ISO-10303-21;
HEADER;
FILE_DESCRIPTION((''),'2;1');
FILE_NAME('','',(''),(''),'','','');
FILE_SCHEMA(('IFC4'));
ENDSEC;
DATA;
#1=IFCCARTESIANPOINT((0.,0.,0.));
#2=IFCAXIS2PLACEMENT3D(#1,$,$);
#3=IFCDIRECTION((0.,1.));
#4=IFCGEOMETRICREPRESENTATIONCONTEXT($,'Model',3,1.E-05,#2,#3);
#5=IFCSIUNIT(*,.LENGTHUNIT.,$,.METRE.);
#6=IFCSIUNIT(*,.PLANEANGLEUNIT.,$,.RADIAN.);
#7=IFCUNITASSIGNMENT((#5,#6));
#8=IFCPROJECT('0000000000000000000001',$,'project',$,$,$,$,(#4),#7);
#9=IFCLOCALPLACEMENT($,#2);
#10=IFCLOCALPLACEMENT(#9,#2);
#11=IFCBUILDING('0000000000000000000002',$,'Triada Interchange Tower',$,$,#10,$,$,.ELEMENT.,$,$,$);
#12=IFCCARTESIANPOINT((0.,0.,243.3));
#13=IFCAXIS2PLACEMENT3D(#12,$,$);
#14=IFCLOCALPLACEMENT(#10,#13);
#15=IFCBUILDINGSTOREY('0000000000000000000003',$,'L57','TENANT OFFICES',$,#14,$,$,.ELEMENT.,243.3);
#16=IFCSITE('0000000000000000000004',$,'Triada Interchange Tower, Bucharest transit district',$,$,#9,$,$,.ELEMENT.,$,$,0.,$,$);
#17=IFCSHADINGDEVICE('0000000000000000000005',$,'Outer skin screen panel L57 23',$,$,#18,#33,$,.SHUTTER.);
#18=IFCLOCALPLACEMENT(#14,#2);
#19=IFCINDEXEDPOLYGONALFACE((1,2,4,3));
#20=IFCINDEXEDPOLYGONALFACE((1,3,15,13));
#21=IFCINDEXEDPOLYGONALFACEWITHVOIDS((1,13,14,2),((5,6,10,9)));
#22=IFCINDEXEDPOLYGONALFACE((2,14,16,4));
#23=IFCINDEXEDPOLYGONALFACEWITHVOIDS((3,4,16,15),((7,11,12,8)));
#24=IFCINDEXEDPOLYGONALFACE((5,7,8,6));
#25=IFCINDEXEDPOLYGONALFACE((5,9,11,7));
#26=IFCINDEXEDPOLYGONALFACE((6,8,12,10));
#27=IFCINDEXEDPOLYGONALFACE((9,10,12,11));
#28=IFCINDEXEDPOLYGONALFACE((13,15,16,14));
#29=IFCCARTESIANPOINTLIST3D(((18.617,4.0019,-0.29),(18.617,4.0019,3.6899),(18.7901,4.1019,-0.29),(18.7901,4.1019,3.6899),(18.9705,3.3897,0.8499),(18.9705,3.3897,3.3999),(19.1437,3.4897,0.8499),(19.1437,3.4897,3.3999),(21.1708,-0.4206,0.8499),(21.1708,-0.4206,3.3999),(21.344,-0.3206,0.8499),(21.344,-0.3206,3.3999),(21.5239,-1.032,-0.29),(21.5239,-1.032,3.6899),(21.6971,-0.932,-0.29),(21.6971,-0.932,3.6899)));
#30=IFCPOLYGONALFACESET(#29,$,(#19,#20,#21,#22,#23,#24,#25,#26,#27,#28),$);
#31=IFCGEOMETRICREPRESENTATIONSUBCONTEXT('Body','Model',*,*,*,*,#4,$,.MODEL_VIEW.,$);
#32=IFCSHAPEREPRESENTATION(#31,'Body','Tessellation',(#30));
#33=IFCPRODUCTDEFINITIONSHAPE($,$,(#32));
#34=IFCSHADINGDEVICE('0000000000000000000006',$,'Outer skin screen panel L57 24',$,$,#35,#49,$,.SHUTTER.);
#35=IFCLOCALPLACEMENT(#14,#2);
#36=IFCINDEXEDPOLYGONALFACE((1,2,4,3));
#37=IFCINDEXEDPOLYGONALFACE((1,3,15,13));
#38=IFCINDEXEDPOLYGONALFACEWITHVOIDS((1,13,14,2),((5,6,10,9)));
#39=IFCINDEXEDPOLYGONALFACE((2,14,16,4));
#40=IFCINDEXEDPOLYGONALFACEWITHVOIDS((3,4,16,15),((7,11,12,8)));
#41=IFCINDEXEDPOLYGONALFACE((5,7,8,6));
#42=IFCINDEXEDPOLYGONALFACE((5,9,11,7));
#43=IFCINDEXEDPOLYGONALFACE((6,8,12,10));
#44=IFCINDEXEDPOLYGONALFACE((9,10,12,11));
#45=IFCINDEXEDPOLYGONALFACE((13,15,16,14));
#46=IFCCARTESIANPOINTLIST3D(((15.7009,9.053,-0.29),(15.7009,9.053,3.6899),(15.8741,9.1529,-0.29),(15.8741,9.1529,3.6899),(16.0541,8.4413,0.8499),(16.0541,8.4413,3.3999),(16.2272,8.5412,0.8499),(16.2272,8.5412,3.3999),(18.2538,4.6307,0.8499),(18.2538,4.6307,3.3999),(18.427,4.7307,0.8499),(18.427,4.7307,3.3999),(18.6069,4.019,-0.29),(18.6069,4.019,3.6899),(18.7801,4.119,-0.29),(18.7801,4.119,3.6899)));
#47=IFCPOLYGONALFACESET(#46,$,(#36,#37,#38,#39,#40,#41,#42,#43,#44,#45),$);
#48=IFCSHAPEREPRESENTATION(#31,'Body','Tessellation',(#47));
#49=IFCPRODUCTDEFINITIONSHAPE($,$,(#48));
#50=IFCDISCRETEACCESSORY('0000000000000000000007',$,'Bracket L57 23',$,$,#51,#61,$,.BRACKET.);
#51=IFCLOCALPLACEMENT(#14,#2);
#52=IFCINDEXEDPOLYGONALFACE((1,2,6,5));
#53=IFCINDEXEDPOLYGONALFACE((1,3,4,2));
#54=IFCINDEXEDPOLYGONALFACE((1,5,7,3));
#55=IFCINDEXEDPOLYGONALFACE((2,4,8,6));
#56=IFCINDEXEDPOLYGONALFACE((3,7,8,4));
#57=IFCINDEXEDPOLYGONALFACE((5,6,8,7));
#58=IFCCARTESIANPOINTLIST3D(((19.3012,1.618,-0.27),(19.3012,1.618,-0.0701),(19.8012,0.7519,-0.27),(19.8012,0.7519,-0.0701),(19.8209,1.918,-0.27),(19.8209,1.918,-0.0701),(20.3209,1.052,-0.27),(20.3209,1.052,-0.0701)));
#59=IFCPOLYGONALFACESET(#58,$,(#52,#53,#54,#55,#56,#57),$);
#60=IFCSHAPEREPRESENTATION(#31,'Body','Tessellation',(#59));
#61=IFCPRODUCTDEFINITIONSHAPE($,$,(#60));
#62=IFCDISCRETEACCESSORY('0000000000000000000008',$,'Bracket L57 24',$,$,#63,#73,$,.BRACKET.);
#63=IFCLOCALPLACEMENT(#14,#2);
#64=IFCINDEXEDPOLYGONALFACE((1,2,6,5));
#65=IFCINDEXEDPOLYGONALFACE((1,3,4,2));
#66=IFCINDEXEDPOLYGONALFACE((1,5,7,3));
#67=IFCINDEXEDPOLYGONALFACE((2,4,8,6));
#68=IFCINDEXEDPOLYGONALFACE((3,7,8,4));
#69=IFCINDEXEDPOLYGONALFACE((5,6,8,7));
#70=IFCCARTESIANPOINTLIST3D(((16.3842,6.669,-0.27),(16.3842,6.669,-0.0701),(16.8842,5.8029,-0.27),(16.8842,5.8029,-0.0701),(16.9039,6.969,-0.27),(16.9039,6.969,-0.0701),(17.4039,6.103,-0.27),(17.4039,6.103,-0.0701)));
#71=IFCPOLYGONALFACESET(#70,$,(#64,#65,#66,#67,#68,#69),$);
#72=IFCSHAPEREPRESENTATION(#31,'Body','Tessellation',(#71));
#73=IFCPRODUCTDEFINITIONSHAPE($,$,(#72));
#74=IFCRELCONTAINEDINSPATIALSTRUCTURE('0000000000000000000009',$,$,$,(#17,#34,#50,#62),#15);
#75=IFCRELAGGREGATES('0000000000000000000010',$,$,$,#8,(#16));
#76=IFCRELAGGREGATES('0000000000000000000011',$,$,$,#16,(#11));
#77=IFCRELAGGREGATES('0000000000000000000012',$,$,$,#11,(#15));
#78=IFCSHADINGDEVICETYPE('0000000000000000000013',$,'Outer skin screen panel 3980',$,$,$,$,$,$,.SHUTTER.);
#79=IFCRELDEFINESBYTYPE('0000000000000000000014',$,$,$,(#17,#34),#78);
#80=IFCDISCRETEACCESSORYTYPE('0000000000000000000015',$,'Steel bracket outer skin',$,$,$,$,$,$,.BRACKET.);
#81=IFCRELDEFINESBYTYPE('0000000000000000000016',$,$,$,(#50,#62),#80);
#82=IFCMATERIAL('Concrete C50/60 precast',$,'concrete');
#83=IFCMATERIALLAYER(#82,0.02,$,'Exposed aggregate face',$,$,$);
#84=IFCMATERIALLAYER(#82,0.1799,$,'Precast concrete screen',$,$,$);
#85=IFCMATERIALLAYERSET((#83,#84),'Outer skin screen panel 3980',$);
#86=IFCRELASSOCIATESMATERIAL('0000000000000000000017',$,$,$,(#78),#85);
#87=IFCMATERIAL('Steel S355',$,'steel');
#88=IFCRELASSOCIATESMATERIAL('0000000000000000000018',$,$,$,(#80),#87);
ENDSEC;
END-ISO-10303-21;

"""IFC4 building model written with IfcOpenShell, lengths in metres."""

from ifc_helpers import new_model, si_unit, direction, frame, origin, origin_2d, place, context, subcontext, project, spatial, polyline, rectangle, outline, extrude, material, layer, layer_set, type_object, element, save


model = new_model("IFC4")

# Units and contexts
model_context = context("Model", 3, precision=1e-05, world=origin(), true_north=direction((0.0, 1.0)))
body_context = subcontext(model_context, "Body", "Model", "MODEL_VIEW")
ifc_project = project(units=[si_unit("LENGTHUNIT", "METRE"), si_unit("PLANEANGLEUNIT", "RADIAN")], contexts=[model_context])

# Site, building, storey
site_placement = place(None, origin())
site = spatial("IfcSite", under=ifc_project, at=site_placement, Name="Triada Interchange Tower, Bucharest transit district", CompositionType="ELEMENT", RefElevation=0.0)
building_placement = place(site_placement, origin())
building = spatial("IfcBuilding", under=site, at=building_placement, Name="Triada Interchange Tower", CompositionType="ELEMENT")
storey_placement = place(building_placement, frame((0.0, 0.0, 243.3)))
storey = spatial("IfcBuildingStorey", under=building, at=storey_placement, Name="L57", Description="TENANT OFFICES", CompositionType="ELEMENT", Elevation=243.3)

# Shading devices
ifc_material_1 = material(Name="Concrete C50/60 precast", Category="concrete")
ifc_layer_1 = layer(ifc_material_1, 0.02, Name="Exposed aggregate face")
ifc_layer_2 = layer(ifc_material_1, 0.1799, Name="Precast concrete screen")
ifc_layer_set_1 = layer_set([ifc_layer_1, ifc_layer_2], Name="Outer skin screen panel 3980")
shading_device_type = type_object("IfcShadingDeviceType", Name="Outer skin screen panel 3980", PredefinedType="SHUTTER", material=ifc_layer_set_1)
shading_device_1_placement = place(storey_placement, frame((21.5239, -1.032, -0.29), z_axis=(0.0, 0.0, 1.0), x_axis=(-0.500082, 0.865978, 0.0)))
element("IfcShadingDevice", 1, at=shading_device_1_placement, inside=storey, type_object=shading_device_type, Name="Outer skin screen panel L57 23", PredefinedType="SHUTTER", context=body_context, shape_type="SweptSolid", body=[
    extrude(outline(polyline([(0.0, 0.0), (5.813, 0.0), (5.813, 3.98), (0.0, 3.98), (0.0, 0.0)]), holes=[polyline([(0.7061, 1.1399), (0.7061, 3.6899), (5.106, 3.6899), (5.106, 1.1399), (0.7061, 1.1399)])]), frame((0.0, 0.0, 0.0), z_axis=(0.0, -1.0, 0.0), x_axis=(1.0, 0.0, 0.0)), (0.0, 0.0, 1.0), 0.2),
])
shading_device_2_placement = place(storey_placement, frame((18.6069, 4.019, -0.29), z_axis=(0.0, 0.0, 1.0), x_axis=(-0.499956, 0.866051, 0.0)))
element("IfcShadingDevice", 2, at=shading_device_2_placement, inside=storey, type_object=shading_device_type, Name="Outer skin screen panel L57 24", PredefinedType="SHUTTER", context=body_context, shape_type="SweptSolid", body=[
    extrude(outline(polyline([(0.0, 0.0), (5.8125, 0.0), (5.8125, 3.98), (0.0, 3.98), (0.0, 0.0)]), holes=[polyline([(0.7063, 1.1399), (0.7063, 3.6899), (5.1062, 3.6899), (5.1062, 1.1399), (0.7063, 1.1399)])]), frame((0.0, 0.0, 0.0), z_axis=(0.0, -1.0, 0.0), x_axis=(1.0, 0.0, 0.0)), (0.0, 0.0, 1.0), 0.2),
])

# Discrete accessories
ifc_material_2 = material(Name="Steel S355", Category="steel")
discrete_accessory_type = type_object("IfcDiscreteAccessoryType", Name="Steel bracket outer skin", PredefinedType="BRACKET", material=ifc_material_2)
for number, where, z_axis, x_axis, name in (
    (3, (19.811, 1.335, -0.27), (0.0, 0.0, 1.0), (0.86603, 0.499991, 0.0), "Bracket L57 23"),
    (4, (16.894, 6.386, -0.27), (0.0, 0.0, 1.0), (0.86603, 0.499991, 0.0), "Bracket L57 24"),
):
    element("IfcDiscreteAccessory", number, at=place(storey_placement, frame(where, z_axis=z_axis, x_axis=x_axis)), inside=storey, type_object=discrete_accessory_type, Name=name, PredefinedType="BRACKET", context=body_context, shape_type="SweptSolid", body=[
        extrude(rectangle(XDim=0.6001, YDim=1.0, at=origin_2d()), origin(), (0.0, 0.0, 1.0), 0.2),
    ])

save(model, "model.ifc")
